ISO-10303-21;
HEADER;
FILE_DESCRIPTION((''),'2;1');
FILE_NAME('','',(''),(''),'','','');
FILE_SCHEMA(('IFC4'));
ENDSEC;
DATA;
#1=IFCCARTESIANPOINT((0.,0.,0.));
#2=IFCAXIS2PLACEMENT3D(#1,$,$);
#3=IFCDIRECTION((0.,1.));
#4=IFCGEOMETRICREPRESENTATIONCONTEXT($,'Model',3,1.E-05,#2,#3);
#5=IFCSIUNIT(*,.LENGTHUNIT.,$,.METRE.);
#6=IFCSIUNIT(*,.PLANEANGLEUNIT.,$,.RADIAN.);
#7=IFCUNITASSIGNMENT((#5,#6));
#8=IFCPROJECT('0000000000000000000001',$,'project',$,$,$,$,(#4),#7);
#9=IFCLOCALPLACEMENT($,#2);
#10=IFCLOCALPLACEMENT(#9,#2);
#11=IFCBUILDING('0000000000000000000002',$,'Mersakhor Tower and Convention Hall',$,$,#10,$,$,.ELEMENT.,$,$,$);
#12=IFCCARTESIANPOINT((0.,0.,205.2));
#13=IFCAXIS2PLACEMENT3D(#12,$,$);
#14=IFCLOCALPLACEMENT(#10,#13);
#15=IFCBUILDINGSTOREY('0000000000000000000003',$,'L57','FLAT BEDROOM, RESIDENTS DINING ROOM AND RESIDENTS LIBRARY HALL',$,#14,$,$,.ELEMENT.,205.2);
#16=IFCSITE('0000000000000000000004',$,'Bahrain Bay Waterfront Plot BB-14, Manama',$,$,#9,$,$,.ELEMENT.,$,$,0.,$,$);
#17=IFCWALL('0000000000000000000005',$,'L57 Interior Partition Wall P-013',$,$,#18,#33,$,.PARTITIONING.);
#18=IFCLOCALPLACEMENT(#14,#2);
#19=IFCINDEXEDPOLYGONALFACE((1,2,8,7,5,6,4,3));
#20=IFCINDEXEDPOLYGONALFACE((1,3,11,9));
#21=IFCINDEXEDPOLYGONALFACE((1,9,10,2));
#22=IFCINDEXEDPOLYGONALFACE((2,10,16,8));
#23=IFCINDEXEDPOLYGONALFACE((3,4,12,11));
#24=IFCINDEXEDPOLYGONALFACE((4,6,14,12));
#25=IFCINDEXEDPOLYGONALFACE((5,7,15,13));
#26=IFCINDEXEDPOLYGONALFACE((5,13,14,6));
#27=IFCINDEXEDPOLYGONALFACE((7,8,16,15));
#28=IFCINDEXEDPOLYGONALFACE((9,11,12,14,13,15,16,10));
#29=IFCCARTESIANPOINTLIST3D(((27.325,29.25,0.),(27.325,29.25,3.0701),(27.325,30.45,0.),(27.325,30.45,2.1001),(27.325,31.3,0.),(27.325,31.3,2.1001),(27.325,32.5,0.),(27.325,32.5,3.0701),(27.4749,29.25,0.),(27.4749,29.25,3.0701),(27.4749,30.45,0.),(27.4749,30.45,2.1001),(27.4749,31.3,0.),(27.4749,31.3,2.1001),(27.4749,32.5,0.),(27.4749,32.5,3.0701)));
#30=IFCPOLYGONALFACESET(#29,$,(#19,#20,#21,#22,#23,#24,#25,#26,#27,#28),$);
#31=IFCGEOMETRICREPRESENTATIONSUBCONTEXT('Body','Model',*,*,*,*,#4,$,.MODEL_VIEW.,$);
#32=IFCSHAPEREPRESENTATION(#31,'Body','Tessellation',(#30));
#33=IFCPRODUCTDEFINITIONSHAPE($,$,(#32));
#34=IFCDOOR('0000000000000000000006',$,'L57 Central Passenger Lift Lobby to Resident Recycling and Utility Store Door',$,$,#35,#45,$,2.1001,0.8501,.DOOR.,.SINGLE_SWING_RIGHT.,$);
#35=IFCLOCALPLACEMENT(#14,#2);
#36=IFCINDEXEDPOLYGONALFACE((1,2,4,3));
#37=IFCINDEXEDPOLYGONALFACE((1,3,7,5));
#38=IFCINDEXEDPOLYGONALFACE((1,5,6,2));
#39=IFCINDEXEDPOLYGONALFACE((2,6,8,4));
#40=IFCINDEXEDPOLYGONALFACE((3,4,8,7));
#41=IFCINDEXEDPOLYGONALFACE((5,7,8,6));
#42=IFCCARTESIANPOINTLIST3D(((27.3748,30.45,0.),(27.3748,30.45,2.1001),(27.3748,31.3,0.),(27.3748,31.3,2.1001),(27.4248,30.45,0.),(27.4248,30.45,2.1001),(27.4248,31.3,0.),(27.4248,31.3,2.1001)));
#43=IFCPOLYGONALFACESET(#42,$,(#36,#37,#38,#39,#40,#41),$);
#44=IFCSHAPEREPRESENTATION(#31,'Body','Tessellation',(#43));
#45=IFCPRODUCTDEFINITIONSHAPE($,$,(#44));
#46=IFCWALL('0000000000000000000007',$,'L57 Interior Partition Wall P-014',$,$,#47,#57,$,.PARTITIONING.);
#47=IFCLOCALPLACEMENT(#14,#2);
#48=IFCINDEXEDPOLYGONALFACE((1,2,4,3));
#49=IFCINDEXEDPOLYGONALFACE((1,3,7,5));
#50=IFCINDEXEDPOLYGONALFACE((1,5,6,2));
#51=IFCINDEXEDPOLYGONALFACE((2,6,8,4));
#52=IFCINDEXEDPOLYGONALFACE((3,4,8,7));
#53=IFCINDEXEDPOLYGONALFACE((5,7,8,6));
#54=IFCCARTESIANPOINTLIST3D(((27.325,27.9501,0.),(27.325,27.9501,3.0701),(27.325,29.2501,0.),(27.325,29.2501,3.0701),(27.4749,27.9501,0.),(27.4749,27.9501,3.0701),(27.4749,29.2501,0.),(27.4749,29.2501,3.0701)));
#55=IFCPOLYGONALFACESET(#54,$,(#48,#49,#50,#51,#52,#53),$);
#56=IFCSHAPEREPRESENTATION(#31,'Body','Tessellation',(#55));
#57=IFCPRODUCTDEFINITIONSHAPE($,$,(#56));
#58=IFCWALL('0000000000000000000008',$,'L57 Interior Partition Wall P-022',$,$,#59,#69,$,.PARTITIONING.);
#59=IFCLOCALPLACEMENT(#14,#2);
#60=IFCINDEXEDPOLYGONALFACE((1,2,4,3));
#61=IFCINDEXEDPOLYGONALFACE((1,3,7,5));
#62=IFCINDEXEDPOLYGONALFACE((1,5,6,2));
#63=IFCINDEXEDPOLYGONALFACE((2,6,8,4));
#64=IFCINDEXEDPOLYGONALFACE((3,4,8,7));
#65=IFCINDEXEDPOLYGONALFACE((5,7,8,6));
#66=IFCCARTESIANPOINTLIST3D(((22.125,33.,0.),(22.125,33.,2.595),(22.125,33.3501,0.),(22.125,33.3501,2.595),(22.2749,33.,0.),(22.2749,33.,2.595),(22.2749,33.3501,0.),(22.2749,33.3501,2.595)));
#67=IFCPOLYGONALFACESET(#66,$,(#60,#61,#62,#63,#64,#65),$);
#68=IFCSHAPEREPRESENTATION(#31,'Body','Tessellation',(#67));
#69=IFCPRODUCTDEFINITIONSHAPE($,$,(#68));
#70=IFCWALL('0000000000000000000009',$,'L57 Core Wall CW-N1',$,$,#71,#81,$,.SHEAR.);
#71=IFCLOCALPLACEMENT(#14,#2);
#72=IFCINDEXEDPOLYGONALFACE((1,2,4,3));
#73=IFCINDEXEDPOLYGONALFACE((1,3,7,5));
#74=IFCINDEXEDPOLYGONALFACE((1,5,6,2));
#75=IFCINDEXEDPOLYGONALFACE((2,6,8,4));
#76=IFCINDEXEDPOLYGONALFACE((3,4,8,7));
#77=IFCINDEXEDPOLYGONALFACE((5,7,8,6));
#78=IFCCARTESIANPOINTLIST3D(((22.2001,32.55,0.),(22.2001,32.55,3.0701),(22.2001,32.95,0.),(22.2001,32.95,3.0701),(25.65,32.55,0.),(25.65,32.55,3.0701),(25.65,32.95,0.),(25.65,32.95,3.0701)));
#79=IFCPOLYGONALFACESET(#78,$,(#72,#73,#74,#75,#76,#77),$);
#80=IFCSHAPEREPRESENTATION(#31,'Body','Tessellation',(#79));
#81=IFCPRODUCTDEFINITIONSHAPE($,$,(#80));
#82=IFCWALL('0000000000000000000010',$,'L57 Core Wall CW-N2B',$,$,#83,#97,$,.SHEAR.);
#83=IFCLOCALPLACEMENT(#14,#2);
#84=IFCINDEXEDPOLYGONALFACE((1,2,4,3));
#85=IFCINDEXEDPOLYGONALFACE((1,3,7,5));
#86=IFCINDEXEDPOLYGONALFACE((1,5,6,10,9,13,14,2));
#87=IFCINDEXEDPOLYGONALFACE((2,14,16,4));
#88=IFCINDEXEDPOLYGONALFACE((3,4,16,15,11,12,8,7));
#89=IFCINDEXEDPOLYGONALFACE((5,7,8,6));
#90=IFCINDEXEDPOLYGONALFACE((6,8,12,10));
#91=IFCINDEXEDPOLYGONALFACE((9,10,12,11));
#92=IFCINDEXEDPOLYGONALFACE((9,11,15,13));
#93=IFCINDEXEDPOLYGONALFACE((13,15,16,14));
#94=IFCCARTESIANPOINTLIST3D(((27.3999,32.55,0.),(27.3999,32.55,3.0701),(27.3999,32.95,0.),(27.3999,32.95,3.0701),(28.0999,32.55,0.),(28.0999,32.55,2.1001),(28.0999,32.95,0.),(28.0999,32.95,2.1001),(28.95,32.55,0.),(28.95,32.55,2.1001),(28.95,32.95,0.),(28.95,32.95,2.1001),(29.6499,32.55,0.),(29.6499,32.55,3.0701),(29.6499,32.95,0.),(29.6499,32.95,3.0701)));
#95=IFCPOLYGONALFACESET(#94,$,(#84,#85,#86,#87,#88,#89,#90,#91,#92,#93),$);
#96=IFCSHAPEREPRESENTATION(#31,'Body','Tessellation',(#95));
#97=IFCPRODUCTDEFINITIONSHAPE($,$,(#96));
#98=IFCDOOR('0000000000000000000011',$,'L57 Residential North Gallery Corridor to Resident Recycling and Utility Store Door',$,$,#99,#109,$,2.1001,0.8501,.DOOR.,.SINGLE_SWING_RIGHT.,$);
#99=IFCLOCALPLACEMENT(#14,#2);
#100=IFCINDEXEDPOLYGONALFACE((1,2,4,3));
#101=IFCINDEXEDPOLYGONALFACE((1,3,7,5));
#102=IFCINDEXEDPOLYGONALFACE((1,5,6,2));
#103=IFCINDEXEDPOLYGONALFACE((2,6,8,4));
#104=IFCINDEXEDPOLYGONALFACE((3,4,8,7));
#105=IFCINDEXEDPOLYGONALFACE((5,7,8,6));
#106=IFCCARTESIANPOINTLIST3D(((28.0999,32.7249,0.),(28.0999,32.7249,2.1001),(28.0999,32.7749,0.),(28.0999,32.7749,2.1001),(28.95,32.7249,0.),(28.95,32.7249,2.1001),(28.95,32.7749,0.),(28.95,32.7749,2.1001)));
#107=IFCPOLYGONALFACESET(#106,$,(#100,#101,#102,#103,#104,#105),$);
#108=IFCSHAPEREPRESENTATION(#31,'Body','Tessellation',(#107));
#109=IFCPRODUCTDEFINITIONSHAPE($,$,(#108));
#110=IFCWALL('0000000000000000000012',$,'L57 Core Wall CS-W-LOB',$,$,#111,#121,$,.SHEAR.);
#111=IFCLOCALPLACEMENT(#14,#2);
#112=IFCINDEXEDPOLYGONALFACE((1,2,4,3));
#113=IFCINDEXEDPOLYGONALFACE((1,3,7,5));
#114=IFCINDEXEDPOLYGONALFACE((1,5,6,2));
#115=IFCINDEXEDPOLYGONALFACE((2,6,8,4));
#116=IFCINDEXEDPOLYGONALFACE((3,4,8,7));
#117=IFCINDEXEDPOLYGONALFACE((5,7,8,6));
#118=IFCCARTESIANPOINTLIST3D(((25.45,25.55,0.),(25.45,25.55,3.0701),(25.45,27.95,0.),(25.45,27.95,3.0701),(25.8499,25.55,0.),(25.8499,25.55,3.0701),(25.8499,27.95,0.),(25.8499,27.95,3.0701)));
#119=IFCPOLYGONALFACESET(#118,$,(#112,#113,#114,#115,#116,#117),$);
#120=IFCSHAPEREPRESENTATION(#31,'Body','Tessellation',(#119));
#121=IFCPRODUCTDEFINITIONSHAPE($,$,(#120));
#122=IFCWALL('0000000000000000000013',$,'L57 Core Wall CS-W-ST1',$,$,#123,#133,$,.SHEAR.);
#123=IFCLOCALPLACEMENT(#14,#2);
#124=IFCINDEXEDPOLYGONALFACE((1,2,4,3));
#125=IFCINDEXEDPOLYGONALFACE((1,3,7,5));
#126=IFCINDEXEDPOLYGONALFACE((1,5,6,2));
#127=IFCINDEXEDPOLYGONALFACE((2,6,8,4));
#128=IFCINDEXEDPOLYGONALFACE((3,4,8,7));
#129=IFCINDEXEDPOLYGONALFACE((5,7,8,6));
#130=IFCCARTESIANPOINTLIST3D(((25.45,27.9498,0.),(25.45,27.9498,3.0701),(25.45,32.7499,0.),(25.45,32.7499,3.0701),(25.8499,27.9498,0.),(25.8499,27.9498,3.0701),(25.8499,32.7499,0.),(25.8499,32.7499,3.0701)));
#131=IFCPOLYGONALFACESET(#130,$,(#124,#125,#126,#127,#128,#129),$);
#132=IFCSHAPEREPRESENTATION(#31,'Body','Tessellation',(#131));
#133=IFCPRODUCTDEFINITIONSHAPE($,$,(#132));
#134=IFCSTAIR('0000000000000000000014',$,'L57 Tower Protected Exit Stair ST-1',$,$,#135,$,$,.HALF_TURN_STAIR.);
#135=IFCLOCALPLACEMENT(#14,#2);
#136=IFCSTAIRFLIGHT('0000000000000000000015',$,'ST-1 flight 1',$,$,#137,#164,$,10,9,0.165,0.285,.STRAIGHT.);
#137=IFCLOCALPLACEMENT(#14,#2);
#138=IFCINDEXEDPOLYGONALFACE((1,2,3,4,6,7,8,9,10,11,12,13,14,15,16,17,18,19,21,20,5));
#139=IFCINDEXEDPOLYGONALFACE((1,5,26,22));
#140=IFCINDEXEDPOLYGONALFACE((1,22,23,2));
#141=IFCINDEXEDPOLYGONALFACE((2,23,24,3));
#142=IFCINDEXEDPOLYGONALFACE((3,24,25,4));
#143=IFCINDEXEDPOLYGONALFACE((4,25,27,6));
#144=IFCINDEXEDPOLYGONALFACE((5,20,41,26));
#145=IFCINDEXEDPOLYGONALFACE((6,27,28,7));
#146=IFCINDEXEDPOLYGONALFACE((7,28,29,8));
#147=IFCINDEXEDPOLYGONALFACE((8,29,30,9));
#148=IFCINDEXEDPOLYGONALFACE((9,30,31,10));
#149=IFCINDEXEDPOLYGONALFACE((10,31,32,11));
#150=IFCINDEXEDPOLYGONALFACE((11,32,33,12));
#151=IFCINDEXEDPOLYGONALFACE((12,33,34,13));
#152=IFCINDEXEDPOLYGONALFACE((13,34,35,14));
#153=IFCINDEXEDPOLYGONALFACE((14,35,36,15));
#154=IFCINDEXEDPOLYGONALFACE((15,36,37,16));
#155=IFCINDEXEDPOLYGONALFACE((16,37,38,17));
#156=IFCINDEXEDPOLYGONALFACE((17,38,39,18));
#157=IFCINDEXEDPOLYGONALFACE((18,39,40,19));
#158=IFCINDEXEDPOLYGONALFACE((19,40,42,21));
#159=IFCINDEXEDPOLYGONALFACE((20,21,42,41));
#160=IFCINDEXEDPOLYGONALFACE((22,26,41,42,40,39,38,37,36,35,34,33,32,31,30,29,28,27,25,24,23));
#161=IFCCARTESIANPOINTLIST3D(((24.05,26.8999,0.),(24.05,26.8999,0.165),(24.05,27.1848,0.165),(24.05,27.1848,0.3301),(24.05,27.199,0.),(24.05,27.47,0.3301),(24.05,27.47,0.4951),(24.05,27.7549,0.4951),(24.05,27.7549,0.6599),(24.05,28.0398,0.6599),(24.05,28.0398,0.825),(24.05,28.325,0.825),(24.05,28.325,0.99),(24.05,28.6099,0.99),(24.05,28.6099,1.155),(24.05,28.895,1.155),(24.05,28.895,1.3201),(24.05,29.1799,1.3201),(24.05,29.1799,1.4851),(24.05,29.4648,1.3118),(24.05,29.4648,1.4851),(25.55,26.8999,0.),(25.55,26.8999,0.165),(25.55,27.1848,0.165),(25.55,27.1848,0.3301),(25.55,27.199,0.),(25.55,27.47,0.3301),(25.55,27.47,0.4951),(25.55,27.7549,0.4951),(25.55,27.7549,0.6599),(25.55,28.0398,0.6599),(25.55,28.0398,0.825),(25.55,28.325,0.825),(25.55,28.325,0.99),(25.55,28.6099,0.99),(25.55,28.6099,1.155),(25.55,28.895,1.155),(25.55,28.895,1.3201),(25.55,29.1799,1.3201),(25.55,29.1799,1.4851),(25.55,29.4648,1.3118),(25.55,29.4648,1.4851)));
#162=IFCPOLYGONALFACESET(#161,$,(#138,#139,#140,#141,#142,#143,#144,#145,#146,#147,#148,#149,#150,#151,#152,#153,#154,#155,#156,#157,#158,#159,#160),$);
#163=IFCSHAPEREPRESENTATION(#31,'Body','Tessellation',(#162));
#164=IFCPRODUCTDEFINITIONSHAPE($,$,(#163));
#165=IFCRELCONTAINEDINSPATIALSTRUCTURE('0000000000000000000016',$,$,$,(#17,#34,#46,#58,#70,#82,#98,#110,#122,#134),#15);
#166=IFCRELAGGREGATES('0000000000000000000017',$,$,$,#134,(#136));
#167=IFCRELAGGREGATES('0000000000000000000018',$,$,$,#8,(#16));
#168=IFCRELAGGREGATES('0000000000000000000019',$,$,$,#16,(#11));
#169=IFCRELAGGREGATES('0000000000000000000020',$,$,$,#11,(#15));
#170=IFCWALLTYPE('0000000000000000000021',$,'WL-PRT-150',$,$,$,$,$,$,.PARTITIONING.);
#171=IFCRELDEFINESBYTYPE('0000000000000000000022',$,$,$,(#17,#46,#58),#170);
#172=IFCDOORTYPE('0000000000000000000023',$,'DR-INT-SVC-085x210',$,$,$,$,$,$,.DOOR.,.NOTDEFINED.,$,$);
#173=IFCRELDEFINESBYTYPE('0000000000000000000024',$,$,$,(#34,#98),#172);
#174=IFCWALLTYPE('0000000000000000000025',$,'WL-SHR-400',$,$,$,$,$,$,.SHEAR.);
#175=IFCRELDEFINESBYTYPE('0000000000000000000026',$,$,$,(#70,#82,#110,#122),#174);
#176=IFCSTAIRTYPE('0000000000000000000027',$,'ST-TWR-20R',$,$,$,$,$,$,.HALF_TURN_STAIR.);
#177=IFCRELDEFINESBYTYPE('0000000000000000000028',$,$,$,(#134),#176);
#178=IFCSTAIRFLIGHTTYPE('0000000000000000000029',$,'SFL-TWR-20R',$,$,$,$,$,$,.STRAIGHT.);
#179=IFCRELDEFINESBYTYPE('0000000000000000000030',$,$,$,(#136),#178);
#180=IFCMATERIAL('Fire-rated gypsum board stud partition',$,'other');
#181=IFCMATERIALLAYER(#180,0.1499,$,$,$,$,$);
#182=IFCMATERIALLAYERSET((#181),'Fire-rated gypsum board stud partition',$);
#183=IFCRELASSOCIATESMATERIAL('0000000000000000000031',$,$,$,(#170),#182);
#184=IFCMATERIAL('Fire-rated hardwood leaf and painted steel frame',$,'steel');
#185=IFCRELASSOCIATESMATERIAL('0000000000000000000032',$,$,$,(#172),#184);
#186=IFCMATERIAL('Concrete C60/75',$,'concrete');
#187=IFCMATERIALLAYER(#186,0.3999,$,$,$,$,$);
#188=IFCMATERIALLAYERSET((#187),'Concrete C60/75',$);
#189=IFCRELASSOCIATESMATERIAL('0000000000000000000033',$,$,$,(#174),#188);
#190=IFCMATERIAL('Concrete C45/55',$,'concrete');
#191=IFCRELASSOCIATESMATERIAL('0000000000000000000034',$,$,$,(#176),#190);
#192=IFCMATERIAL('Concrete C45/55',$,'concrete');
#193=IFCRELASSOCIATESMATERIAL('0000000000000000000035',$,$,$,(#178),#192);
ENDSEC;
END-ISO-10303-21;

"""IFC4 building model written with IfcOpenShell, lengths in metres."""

from ifc_helpers import new_model, si_unit, direction, frame, frame_2d, origin, place, context, subcontext, project, spatial, polyline, rectangle, outline, extrude, material, layer, layer_set, type_object, element, fill, aggregate, save


model = new_model("IFC4")

# Units and contexts
model_context = context("Model", 3, precision=1e-05, world=origin(), true_north=direction((0.0, 1.0)))
body_context = subcontext(model_context, "Body", "Model", "MODEL_VIEW")
ifc_project = project(units=[si_unit("LENGTHUNIT", "METRE"), si_unit("PLANEANGLEUNIT", "RADIAN")], contexts=[model_context])

# Site, building, storey
site_placement = place(None, origin())
site = spatial("IfcSite", under=ifc_project, at=site_placement, Name="Bahrain Bay Waterfront Plot BB-14, Manama", CompositionType="ELEMENT", RefElevation=0.0)
building_placement = place(site_placement, origin())
building = spatial("IfcBuilding", under=site, at=building_placement, Name="Mersakhor Tower and Convention Hall", CompositionType="ELEMENT")
storey_placement = place(building_placement, frame((0.0, 0.0, 205.2)))
storey = spatial("IfcBuildingStorey", under=building, at=storey_placement, Name="L57", Description="FLAT BEDROOM, RESIDENTS DINING ROOM AND RESIDENTS LIBRARY HALL", CompositionType="ELEMENT", Elevation=205.2)

# Wall, opening, door
ifc_material_1 = material(Name="Fire-rated gypsum board stud partition", Category="other")
ifc_layer_1 = layer(ifc_material_1, 0.1499)
ifc_layer_set_1 = layer_set([ifc_layer_1], Name="Fire-rated gypsum board stud partition")
wall_type_1 = type_object("IfcWallType", Name="WL-PRT-150", PredefinedType="PARTITIONING", material=ifc_layer_set_1)
wall_1_placement = place(storey_placement, frame((27.3999, 32.5, 0.0), z_axis=(0.0, 0.0, 1.0), x_axis=(0.0, -1.0, 0.0)))
wall_1 = element("IfcWall", 1, at=wall_1_placement, inside=storey, type_object=wall_type_1, Name="L57 Interior Partition Wall P-013", PredefinedType="PARTITIONING", context=body_context, shape_type="SweptSolid", body=[
    extrude(rectangle(XDim=3.25, YDim=0.1499, at=frame_2d((1.625, 0.0))), origin(), (0.0, 0.0, 1.0), 3.0701),
])
opening_1_placement = place(wall_1_placement, frame((1.2, 0.0, 0.0)))
opening_1 = element("IfcOpeningElement", 2, at=opening_1_placement, cuts=wall_1, PredefinedType="OPENING", context=body_context, shape_type="SweptSolid", body=[
    extrude(rectangle(XDim=0.8501, YDim=2.1001, at=frame_2d((0.425, 1.05))), frame((0.0, 0.085, 0.0), z_axis=(0.0, -1.0, 0.0), x_axis=(1.0, 0.0, 0.0)), (0.0, 0.0, 1.0), 0.1699),
])
ifc_material_2 = material(Name="Fire-rated hardwood leaf and painted steel frame", Category="steel")
door_type_1 = type_object("IfcDoorType", Name="DR-INT-SVC-085x210", OperationType="NOTDEFINED", PredefinedType="DOOR", material=ifc_material_2)
door_1_placement = place(opening_1_placement, origin())
door_1 = element("IfcDoor", 3, at=door_1_placement, inside=storey, type_object=door_type_1, Name="L57 Central Passenger Lift Lobby to Resident Recycling and Utility Store Door", OperationType="SINGLE_SWING_RIGHT", OverallHeight=2.1001, OverallWidth=0.8501, PredefinedType="DOOR", context=body_context, shape_type="SweptSolid", body=[
    extrude(rectangle(XDim=0.8501, YDim=2.1001, at=frame_2d((0.425, 1.05))), frame((0.0, 0.0249, 0.0), z_axis=(0.0, -1.0, 0.0), x_axis=(1.0, 0.0, 0.0)), (0.0, 0.0, 1.0), 0.05),
])
fill(opening_1, door_1)

# Wall
wall_2_placement = place(storey_placement, frame((27.3999, 29.25, 0.0), z_axis=(0.0, 0.0, 1.0), x_axis=(0.0, -1.0, 0.0)))
element("IfcWall", 4, at=wall_2_placement, inside=storey, type_object=wall_type_1, Name="L57 Interior Partition Wall P-014", PredefinedType="PARTITIONING", context=body_context, shape_type="SweptSolid", body=[
    extrude(rectangle(XDim=1.3, YDim=0.1499, at=frame_2d((0.6499, 0.0))), origin(), (0.0, 0.0, 1.0), 3.0701),
])

# Wall
wall_3_placement = place(storey_placement, frame((22.2, 33.0, 0.0), z_axis=(0.0, 0.0, 1.0), x_axis=(0.0, 1.0, 0.0)))
element("IfcWall", 5, at=wall_3_placement, inside=storey, type_object=wall_type_1, Name="L57 Interior Partition Wall P-022", PredefinedType="PARTITIONING", context=body_context, shape_type="SweptSolid", body=[
    extrude(rectangle(XDim=0.3501, YDim=0.1499, at=frame_2d((0.175, 0.0))), origin(), (0.0, 0.0, 1.0), 2.595),
])

# Wall
ifc_material_3 = material(Name="Concrete C60/75", Category="concrete")
ifc_layer_2 = layer(ifc_material_3, 0.3999)
ifc_layer_set_2 = layer_set([ifc_layer_2], Name="Concrete C60/75")
wall_type_2 = type_object("IfcWallType", Name="WL-SHR-400", PredefinedType="SHEAR", material=ifc_layer_set_2)
wall_4_placement = place(storey_placement, frame((22.2, 32.75, 0.0), z_axis=(0.0, 0.0, 1.0), x_axis=(1.0, 0.0, 0.0)))
element("IfcWall", 6, at=wall_4_placement, inside=storey, type_object=wall_type_2, Name="L57 Core Wall CW-N1", PredefinedType="SHEAR", context=body_context, shape_type="SweptSolid", body=[
    extrude(rectangle(XDim=3.45, YDim=0.3999, at=frame_2d((1.7251, 0.0))), origin(), (0.0, 0.0, 1.0), 3.0701),
])

# Wall, opening, door
wall_5_placement = place(storey_placement, frame((27.3999, 32.75, 0.0), z_axis=(0.0, 0.0, 1.0), x_axis=(1.0, 0.0, 0.0)))
wall_5 = element("IfcWall", 7, at=wall_5_placement, inside=storey, type_object=wall_type_2, Name="L57 Core Wall CW-N2B", PredefinedType="SHEAR", context=body_context, shape_type="SweptSolid", body=[
    extrude(rectangle(XDim=2.25, YDim=0.3999, at=frame_2d((1.125, 0.0))), origin(), (0.0, 0.0, 1.0), 3.0701),
])
opening_2_placement = place(wall_5_placement, frame((0.7, 0.0, 0.0)))
opening_2 = element("IfcOpeningElement", 8, at=opening_2_placement, cuts=wall_5, PredefinedType="OPENING", context=body_context, shape_type="SweptSolid", body=[
    extrude(rectangle(XDim=0.8501, YDim=2.1001, at=frame_2d((0.425, 1.05))), frame((0.0, 0.21, 0.0), z_axis=(0.0, -1.0, 0.0), x_axis=(1.0, 0.0, 0.0)), (0.0, 0.0, 1.0), 0.4199),
])
door_2_placement = place(opening_2_placement, origin())
door_2 = element("IfcDoor", 9, at=door_2_placement, inside=storey, type_object=door_type_1, Name="L57 Residential North Gallery Corridor to Resident Recycling and Utility Store Door", OperationType="SINGLE_SWING_RIGHT", OverallHeight=2.1001, OverallWidth=0.8501, PredefinedType="DOOR", context=body_context, shape_type="SweptSolid", body=[
    extrude(rectangle(XDim=0.8501, YDim=2.1001, at=frame_2d((0.425, 1.05))), frame((0.0, 0.0249, 0.0), z_axis=(0.0, -1.0, 0.0), x_axis=(1.0, 0.0, 0.0)), (0.0, 0.0, 1.0), 0.05),
])
fill(opening_2, door_2)

# Walls
wall_6_placement = place(storey_placement, frame((25.6499, 25.55, 0.0), z_axis=(0.0, 0.0, 1.0), x_axis=(0.0, 1.0, 0.0)))
element("IfcWall", 10, at=wall_6_placement, inside=storey, type_object=wall_type_2, Name="L57 Core Wall CS-W-LOB", PredefinedType="SHEAR", context=body_context, shape_type="SweptSolid", body=[
    extrude(rectangle(XDim=2.3999, YDim=0.3999, at=frame_2d((1.2, 0.0))), origin(), (0.0, 0.0, 1.0), 3.0701),
])
wall_7_placement = place(storey_placement, frame((25.6499, 27.95, 0.0), z_axis=(0.0, 0.0, 1.0), x_axis=(0.0, 1.0, 0.0)))
element("IfcWall", 11, at=wall_7_placement, inside=storey, type_object=wall_type_2, Name="L57 Core Wall CS-W-ST1", PredefinedType="SHEAR", context=body_context, shape_type="SweptSolid", body=[
    extrude(rectangle(XDim=4.8, YDim=0.3999, at=frame_2d((2.3999, 0.0))), origin(), (0.0, 0.0, 1.0), 3.0701),
])

# Stair, stair flight
ifc_material_4 = material(Name="Concrete C45/55", Category="concrete")
stair_type = type_object("IfcStairType", Name="ST-TWR-20R", PredefinedType="HALF_TURN_STAIR", material=ifc_material_4)
stair_placement = place(storey_placement, origin())
stair = element("IfcStair", 12, at=stair_placement, inside=storey, type_object=stair_type, Name="L57 Tower Protected Exit Stair ST-1", PredefinedType="HALF_TURN_STAIR")
ifc_material_5 = material(Name="Concrete C45/55", Category="concrete")
stair_flight_type = type_object("IfcStairFlightType", Name="SFL-TWR-20R", PredefinedType="STRAIGHT", material=ifc_material_5)
stair_flight_1_placement = place(storey_placement, frame((24.8, 26.8999, 0.0), z_axis=(0.0, 0.0, 1.0), x_axis=(0.0, 1.0, 0.0)))
stair_flight_1 = element("IfcStairFlight", 13, at=stair_flight_1_placement, type_object=stair_flight_type, Name="ST-1 flight 1", NumberOfRisers=10, NumberOfTreads=9, PredefinedType="STRAIGHT", RiserHeight=0.165, TreadLength=0.285, context=body_context, shape_type="SweptSolid", body=[
    extrude(outline(polyline([(0.0, 0.0), (0.0, 0.165), (0.2849, 0.165), (0.2849, 0.3301), (0.5701, 0.3301), (0.5701, 0.4951), (0.855, 0.4951), (0.855, 0.6599), (1.1399, 0.6599), (1.1399, 0.825), (1.425, 0.825), (1.425, 0.99), (1.71, 0.99), (1.71, 1.155), (1.9951, 1.155), (1.9951, 1.3201), (2.28, 1.3201), (2.28, 1.4851), (2.5649, 1.4851), (2.5649, 1.6499), (2.5649, 1.3118), (0.2991, 0.0), (0.0, 0.0)])), frame((0.0, 0.75, 0.0), z_axis=(0.0, -1.0, 0.0), x_axis=(1.0, 0.0, 0.0)), (0.0, 0.0, 1.0), 1.5),
])
aggregate(stair, [stair_flight_1])

save(model, "model.ifc")
